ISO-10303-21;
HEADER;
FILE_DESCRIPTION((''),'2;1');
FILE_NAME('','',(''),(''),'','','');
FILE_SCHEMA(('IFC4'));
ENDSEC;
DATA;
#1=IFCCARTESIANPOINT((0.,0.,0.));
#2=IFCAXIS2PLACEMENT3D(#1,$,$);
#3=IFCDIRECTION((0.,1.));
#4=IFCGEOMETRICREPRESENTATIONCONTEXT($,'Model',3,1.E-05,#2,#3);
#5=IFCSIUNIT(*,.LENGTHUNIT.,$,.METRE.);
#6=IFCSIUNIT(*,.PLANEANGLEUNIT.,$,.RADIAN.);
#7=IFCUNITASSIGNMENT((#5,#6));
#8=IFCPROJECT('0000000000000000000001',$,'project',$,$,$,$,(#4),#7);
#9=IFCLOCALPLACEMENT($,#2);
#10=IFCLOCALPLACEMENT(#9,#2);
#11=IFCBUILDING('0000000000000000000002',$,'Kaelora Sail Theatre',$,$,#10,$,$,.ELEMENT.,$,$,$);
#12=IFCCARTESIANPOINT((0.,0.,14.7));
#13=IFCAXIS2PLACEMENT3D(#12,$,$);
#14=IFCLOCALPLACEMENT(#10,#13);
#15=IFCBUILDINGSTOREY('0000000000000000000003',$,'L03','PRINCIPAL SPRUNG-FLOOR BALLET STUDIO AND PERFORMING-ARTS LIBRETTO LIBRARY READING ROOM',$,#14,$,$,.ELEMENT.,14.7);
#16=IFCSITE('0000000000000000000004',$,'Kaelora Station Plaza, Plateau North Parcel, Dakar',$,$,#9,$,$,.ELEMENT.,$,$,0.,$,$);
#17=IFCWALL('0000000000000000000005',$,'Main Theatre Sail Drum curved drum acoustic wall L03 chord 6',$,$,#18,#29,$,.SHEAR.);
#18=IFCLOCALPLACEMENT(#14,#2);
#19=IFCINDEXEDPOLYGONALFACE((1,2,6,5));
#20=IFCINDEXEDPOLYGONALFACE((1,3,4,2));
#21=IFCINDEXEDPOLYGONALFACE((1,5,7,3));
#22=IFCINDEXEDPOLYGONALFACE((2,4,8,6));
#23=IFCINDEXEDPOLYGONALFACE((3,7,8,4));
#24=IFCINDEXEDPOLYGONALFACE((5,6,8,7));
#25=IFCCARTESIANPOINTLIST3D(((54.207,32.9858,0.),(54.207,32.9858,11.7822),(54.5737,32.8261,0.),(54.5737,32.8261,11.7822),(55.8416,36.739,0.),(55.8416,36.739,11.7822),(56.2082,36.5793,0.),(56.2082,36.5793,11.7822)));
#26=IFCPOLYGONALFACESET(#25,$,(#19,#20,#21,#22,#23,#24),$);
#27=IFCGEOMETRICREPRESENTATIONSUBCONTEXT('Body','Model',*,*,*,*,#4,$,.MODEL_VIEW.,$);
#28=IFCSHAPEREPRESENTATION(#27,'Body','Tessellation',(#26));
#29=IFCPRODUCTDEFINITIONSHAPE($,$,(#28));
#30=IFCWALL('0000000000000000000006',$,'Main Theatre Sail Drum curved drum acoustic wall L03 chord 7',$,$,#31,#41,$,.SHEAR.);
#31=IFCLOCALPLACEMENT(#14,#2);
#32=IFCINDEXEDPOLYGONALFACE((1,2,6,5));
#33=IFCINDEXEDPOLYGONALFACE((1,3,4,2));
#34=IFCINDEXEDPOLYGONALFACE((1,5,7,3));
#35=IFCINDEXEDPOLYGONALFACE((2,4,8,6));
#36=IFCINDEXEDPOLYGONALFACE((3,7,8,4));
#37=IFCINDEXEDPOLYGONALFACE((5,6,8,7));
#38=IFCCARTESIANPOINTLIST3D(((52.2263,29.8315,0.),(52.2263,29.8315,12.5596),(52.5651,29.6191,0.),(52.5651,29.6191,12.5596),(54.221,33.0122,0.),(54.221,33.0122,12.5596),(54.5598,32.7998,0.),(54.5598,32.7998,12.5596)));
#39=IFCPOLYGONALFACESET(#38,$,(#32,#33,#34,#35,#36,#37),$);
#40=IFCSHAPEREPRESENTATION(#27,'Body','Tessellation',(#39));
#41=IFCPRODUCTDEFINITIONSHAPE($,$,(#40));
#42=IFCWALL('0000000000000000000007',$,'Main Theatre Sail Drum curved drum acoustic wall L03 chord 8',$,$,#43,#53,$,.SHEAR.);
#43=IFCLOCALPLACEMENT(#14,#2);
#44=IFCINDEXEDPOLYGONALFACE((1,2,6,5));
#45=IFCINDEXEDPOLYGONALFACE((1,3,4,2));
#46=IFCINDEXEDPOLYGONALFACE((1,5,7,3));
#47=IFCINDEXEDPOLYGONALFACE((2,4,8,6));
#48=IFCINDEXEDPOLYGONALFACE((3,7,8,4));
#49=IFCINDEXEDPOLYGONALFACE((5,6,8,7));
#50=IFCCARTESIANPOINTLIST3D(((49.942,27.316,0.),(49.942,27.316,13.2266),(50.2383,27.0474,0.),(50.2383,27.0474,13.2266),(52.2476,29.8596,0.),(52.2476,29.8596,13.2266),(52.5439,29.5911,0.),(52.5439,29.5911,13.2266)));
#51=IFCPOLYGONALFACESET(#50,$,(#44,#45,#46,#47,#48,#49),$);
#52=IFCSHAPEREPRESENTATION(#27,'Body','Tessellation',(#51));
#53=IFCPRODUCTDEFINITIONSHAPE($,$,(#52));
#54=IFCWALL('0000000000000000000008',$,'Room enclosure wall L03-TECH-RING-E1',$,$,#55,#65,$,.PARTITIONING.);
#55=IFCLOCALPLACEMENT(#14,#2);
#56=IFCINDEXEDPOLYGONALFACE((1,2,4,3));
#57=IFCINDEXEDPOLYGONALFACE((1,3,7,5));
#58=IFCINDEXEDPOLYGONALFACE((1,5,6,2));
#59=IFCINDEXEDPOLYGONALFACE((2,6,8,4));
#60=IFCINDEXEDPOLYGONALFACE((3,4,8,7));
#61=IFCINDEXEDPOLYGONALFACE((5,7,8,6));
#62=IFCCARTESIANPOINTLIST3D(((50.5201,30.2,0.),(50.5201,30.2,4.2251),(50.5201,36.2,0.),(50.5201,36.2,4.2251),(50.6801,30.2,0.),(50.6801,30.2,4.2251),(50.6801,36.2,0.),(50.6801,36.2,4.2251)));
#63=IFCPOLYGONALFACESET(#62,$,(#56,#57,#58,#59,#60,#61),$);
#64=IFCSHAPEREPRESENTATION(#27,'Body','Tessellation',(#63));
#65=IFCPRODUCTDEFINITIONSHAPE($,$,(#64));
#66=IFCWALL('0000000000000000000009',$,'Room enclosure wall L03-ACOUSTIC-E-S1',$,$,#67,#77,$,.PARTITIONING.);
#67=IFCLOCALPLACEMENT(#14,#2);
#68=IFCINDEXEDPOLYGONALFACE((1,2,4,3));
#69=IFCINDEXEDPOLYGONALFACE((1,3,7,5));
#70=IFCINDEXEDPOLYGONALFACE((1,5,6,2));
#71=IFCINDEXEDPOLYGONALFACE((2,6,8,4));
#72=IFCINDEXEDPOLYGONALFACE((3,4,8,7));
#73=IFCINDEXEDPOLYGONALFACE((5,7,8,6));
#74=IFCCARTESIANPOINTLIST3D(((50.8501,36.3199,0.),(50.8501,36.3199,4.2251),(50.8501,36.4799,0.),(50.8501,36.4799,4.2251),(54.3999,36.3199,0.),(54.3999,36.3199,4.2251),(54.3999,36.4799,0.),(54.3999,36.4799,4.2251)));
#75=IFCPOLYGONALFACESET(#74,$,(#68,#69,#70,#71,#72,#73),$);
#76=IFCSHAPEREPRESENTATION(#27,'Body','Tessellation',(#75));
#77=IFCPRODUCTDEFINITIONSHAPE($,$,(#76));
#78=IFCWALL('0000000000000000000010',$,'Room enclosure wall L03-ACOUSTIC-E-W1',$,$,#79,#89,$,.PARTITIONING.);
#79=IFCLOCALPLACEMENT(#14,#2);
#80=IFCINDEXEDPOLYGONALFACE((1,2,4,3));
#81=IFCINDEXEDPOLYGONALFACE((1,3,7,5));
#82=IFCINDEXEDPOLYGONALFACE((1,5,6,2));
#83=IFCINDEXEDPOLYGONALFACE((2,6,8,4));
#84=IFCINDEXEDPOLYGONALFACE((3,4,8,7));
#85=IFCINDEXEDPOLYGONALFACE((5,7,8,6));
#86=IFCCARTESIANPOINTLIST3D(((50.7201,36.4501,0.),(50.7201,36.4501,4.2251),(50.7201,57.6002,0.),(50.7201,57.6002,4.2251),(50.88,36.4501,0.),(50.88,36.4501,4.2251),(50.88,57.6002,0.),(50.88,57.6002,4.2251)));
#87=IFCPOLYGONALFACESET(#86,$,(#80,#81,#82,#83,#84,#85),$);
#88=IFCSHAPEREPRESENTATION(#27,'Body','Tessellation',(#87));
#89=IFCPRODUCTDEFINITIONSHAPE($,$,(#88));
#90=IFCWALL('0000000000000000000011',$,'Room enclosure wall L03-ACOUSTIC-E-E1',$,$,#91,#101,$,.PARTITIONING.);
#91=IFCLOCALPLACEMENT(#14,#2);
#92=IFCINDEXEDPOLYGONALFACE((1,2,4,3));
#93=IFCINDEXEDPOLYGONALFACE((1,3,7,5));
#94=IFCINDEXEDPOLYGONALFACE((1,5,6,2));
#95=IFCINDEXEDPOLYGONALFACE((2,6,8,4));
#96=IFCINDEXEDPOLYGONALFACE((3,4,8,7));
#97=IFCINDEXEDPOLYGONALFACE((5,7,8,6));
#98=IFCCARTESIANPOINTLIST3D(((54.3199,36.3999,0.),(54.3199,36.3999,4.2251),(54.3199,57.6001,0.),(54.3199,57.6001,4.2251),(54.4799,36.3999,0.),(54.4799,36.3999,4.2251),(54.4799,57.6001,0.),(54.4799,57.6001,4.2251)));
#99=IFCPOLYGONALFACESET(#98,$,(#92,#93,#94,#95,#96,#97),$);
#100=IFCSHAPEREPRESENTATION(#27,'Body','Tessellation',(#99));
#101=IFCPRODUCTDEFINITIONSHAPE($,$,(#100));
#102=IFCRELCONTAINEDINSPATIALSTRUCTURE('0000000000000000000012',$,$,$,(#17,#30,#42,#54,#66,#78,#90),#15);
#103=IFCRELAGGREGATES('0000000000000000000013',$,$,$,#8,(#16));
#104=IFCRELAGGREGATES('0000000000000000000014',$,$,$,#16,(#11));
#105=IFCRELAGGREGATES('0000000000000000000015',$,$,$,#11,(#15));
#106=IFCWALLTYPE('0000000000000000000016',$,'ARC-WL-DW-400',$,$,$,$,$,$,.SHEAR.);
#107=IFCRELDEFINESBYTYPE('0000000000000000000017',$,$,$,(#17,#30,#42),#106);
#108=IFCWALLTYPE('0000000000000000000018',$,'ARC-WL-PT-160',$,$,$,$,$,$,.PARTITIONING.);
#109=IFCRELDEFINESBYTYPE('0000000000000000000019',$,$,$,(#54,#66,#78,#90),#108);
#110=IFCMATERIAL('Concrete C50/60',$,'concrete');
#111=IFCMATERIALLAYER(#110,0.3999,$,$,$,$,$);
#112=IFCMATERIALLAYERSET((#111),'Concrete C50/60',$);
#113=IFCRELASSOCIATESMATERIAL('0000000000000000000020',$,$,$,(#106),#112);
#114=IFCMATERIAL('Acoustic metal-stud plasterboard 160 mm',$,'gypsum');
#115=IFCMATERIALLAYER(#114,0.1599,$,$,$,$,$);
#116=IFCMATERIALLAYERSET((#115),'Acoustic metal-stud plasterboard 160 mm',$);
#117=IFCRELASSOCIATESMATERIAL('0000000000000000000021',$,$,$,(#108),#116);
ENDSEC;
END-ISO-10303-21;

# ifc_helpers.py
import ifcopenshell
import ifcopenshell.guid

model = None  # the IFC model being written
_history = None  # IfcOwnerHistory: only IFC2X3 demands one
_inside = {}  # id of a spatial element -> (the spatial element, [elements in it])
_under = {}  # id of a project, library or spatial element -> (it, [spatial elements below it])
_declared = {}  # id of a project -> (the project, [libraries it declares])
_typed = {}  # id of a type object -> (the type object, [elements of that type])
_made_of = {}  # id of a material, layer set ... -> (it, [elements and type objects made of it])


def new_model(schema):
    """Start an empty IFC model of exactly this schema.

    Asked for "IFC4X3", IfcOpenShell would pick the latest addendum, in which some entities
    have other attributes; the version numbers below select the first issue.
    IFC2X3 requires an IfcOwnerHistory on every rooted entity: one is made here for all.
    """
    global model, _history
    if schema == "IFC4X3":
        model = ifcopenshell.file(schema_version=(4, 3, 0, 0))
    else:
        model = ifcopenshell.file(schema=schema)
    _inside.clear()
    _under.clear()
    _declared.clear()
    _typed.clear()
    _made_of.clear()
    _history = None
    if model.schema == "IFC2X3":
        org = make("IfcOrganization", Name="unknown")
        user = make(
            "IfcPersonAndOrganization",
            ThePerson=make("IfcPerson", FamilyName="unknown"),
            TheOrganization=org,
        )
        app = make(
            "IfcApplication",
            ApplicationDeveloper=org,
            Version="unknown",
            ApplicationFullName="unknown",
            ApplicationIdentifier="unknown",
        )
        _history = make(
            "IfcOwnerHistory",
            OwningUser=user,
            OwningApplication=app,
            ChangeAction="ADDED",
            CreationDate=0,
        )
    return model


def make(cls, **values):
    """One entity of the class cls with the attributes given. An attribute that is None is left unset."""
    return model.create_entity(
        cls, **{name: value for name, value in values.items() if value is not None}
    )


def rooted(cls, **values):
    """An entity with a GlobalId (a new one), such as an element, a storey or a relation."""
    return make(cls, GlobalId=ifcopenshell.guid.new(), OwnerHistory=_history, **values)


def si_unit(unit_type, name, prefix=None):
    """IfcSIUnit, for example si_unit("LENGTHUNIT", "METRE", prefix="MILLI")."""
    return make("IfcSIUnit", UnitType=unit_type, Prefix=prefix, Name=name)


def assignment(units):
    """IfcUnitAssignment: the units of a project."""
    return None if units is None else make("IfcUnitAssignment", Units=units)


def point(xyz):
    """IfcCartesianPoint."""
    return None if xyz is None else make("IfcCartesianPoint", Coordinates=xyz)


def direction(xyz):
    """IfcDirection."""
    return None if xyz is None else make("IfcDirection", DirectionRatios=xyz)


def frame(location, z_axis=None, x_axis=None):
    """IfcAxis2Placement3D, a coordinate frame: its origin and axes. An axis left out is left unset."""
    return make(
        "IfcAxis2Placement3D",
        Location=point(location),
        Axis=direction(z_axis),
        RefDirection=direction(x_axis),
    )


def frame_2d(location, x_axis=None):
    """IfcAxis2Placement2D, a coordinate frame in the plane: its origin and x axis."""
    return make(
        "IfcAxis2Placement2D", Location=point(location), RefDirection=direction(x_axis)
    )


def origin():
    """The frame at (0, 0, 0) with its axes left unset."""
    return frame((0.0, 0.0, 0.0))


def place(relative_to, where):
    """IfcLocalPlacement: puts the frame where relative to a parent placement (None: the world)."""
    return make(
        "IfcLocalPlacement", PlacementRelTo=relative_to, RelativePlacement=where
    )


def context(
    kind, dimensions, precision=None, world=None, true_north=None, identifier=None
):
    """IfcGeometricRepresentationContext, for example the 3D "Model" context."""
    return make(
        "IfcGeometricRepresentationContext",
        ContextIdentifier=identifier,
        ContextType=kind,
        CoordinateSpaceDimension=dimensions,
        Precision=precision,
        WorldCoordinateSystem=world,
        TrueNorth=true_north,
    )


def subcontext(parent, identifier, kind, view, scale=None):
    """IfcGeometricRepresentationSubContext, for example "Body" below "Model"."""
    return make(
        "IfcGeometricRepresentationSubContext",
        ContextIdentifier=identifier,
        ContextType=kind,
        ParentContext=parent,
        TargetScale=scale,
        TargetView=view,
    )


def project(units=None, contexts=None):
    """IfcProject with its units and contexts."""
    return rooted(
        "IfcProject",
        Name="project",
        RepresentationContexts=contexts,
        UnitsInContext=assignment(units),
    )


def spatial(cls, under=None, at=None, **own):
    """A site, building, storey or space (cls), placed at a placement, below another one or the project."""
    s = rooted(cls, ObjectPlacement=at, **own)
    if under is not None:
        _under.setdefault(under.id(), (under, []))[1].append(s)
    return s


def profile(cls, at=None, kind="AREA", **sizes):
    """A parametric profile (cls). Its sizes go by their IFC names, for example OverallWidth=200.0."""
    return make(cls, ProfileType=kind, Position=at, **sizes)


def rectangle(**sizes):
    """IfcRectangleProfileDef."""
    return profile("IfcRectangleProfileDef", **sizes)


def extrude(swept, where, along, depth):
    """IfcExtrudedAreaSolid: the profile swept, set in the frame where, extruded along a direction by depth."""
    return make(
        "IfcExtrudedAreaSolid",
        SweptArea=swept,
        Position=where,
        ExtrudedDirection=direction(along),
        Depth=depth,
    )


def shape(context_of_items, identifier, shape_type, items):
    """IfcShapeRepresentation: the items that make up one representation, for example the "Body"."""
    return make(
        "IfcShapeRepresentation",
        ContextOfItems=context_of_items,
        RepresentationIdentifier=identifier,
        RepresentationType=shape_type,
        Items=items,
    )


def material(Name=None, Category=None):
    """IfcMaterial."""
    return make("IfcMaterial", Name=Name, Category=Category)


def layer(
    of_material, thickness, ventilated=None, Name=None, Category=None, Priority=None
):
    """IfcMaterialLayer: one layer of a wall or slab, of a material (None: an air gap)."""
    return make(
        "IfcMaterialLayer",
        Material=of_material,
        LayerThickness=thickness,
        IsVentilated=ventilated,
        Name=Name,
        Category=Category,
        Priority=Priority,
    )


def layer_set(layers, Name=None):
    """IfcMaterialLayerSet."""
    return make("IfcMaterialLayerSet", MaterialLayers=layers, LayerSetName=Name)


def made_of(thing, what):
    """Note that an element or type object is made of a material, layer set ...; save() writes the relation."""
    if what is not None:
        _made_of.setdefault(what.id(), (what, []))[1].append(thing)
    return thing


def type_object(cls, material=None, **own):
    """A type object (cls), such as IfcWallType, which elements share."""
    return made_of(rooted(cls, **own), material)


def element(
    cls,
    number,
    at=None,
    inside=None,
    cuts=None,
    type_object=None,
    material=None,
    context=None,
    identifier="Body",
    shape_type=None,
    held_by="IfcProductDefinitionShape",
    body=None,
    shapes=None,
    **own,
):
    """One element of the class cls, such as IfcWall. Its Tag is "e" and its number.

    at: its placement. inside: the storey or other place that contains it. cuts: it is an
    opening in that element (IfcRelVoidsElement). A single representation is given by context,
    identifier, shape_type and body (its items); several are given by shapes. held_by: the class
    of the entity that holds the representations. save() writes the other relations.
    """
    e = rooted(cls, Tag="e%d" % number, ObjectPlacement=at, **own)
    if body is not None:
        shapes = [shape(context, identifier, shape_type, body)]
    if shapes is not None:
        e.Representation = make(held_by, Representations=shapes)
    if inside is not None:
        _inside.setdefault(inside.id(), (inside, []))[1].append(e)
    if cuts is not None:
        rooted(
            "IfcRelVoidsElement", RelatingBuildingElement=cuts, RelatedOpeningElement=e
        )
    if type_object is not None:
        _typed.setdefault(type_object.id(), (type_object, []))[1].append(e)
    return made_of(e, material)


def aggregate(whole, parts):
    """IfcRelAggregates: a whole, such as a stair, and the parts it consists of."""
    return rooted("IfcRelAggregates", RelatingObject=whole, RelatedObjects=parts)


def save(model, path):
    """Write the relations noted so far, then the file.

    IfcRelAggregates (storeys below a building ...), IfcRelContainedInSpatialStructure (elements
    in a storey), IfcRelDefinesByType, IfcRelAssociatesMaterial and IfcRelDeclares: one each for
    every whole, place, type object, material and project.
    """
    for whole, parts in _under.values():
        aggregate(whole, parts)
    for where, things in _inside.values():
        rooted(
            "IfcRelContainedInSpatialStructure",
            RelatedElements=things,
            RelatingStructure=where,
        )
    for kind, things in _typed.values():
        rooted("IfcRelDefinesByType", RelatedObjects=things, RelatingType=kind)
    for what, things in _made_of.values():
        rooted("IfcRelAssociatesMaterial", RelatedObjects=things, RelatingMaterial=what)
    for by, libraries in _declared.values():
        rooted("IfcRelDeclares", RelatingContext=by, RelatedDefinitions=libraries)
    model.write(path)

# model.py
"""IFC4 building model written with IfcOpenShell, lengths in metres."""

from ifc_helpers import new_model, si_unit, direction, frame, frame_2d, origin, place, context, subcontext, project, spatial, rectangle, extrude, material, layer, layer_set, type_object, element, save


model = new_model("IFC4")

# Units and contexts
model_context = context("Model", 3, precision=1e-05, world=origin(), true_north=direction((0.0, 1.0)))
body_context = subcontext(model_context, "Body", "Model", "MODEL_VIEW")
ifc_project = project(units=[si_unit("LENGTHUNIT", "METRE"), si_unit("PLANEANGLEUNIT", "RADIAN")], contexts=[model_context])

# Site, building, storey
site_placement = place(None, origin())
site = spatial("IfcSite", under=ifc_project, at=site_placement, Name="Kaelora Station Plaza, Plateau North Parcel, Dakar", CompositionType="ELEMENT", RefElevation=0.0)
building_placement = place(site_placement, origin())
building = spatial("IfcBuilding", under=site, at=building_placement, Name="Kaelora Sail Theatre", CompositionType="ELEMENT")
storey_placement = place(building_placement, frame((0.0, 0.0, 14.7)))
storey = spatial("IfcBuildingStorey", under=building, at=storey_placement, Name="L03", Description="PRINCIPAL SPRUNG-FLOOR BALLET STUDIO AND PERFORMING-ARTS LIBRETTO LIBRARY READING ROOM", CompositionType="ELEMENT", Elevation=14.7)

# Walls
ifc_material_1 = material(Name="Concrete C50/60", Category="concrete")
ifc_layer_1 = layer(ifc_material_1, 0.3999)
ifc_layer_set_1 = layer_set([ifc_layer_1], Name="Concrete C50/60")
wall_type_1 = type_object("IfcWallType", Name="ARC-WL-DW-400", PredefinedType="SHEAR", material=ifc_layer_set_1)
wall_1_placement = place(storey_placement, frame((56.0249, 36.6592, 0.0), z_axis=(0.0, 0.0, 1.0), x_axis=(-0.399282, -0.916828, 0.0)))
element("IfcWall", 1, at=wall_1_placement, inside=storey, type_object=wall_type_1, Name="Main Theatre Sail Drum curved drum acoustic wall L03 chord 6", PredefinedType="SHEAR", context=body_context, shape_type="SweptSolid", body=[
    extrude(rectangle(XDim=4.0938, YDim=0.3999, at=frame_2d((2.0469, 0.0))), origin(), (0.0, 0.0, 1.0), 11.7822),
])
wall_2_placement = place(storey_placement, frame((54.3904, 32.906, 0.0), z_axis=(0.0, 0.0, 1.0), x_axis=(-0.531284, -0.847194, 0.0)))
element("IfcWall", 2, at=wall_2_placement, inside=storey, type_object=wall_type_1, Name="Main Theatre Sail Drum curved drum acoustic wall L03 chord 7", PredefinedType="SHEAR", context=body_context, shape_type="SweptSolid", body=[
    extrude(rectangle(XDim=3.7544, YDim=0.3999, at=frame_2d((1.8772, 0.0))), origin(), (0.0, 0.0, 1.0), 12.5596),
])
wall_3_placement = place(storey_placement, frame((52.3958, 29.7253, 0.0), z_axis=(0.0, 0.0, 1.0), x_axis=(-0.671589, -0.740924, 0.0)))
element("IfcWall", 3, at=wall_3_placement, inside=storey, type_object=wall_type_1, Name="Main Theatre Sail Drum curved drum acoustic wall L03 chord 8", PredefinedType="SHEAR", context=body_context, shape_type="SweptSolid", body=[
    extrude(rectangle(XDim=3.4331, YDim=0.3999, at=frame_2d((1.7166, 0.0))), origin(), (0.0, 0.0, 1.0), 13.2266),
])
ifc_material_2 = material(Name="Acoustic metal-stud plasterboard 160 mm", Category="gypsum")
ifc_layer_2 = layer(ifc_material_2, 0.1599)
ifc_layer_set_2 = layer_set([ifc_layer_2], Name="Acoustic metal-stud plasterboard 160 mm")
wall_type_2 = type_object("IfcWallType", Name="ARC-WL-PT-160", PredefinedType="PARTITIONING", material=ifc_layer_set_2)
wall_4_placement = place(storey_placement, frame((50.6001, 30.2, 0.0), z_axis=(0.0, 0.0, 1.0), x_axis=(0.0, 1.0, 0.0)))
element("IfcWall", 4, at=wall_4_placement, inside=storey, type_object=wall_type_2, Name="Room enclosure wall L03-TECH-RING-E1", PredefinedType="PARTITIONING", context=body_context, shape_type="SweptSolid", body=[
    extrude(rectangle(XDim=6.0, YDim=0.1599, at=frame_2d((3.0, 0.0))), origin(), (0.0, 0.0, 1.0), 4.2251),
])
wall_5_placement = place(storey_placement, frame((50.8501, 36.3999, 0.0), z_axis=(0.0, 0.0, 1.0), x_axis=(1.0, 0.0, 0.0)))
element("IfcWall", 5, at=wall_5_placement, inside=storey, type_object=wall_type_2, Name="Room enclosure wall L03-ACOUSTIC-E-S1", PredefinedType="PARTITIONING", context=body_context, shape_type="SweptSolid", body=[
    extrude(rectangle(XDim=3.5498, YDim=0.1599, at=frame_2d((1.7749, 0.0))), origin(), (0.0, 0.0, 1.0), 4.2251),
])
wall_6_placement = place(storey_placement, frame((50.8, 36.45, 0.0), z_axis=(0.0, 0.0, 1.0), x_axis=(0.0, 1.0, 0.0)))
element("IfcWall", 6, at=wall_6_placement, inside=storey, type_object=wall_type_2, Name="Room enclosure wall L03-ACOUSTIC-E-W1", PredefinedType="PARTITIONING", context=body_context, shape_type="SweptSolid", body=[
    extrude(rectangle(XDim=21.1501, YDim=0.1599, at=frame_2d((10.5752, 0.0))), origin(), (0.0, 0.0, 1.0), 4.2251),
])
wall_7_placement = place(storey_placement, frame((54.3999, 36.3999, 0.0), z_axis=(0.0, 0.0, 1.0), x_axis=(0.0, 1.0, 0.0)))
element("IfcWall", 7, at=wall_7_placement, inside=storey, type_object=wall_type_2, Name="Room enclosure wall L03-ACOUSTIC-E-E1", PredefinedType="PARTITIONING", context=body_context, shape_type="SweptSolid", body=[
    extrude(rectangle(XDim=21.2002, YDim=0.1599, at=frame_2d((10.6001, 0.0))), origin(), (0.0, 0.0, 1.0), 4.2251),
])

save(model, "model.ifc")
